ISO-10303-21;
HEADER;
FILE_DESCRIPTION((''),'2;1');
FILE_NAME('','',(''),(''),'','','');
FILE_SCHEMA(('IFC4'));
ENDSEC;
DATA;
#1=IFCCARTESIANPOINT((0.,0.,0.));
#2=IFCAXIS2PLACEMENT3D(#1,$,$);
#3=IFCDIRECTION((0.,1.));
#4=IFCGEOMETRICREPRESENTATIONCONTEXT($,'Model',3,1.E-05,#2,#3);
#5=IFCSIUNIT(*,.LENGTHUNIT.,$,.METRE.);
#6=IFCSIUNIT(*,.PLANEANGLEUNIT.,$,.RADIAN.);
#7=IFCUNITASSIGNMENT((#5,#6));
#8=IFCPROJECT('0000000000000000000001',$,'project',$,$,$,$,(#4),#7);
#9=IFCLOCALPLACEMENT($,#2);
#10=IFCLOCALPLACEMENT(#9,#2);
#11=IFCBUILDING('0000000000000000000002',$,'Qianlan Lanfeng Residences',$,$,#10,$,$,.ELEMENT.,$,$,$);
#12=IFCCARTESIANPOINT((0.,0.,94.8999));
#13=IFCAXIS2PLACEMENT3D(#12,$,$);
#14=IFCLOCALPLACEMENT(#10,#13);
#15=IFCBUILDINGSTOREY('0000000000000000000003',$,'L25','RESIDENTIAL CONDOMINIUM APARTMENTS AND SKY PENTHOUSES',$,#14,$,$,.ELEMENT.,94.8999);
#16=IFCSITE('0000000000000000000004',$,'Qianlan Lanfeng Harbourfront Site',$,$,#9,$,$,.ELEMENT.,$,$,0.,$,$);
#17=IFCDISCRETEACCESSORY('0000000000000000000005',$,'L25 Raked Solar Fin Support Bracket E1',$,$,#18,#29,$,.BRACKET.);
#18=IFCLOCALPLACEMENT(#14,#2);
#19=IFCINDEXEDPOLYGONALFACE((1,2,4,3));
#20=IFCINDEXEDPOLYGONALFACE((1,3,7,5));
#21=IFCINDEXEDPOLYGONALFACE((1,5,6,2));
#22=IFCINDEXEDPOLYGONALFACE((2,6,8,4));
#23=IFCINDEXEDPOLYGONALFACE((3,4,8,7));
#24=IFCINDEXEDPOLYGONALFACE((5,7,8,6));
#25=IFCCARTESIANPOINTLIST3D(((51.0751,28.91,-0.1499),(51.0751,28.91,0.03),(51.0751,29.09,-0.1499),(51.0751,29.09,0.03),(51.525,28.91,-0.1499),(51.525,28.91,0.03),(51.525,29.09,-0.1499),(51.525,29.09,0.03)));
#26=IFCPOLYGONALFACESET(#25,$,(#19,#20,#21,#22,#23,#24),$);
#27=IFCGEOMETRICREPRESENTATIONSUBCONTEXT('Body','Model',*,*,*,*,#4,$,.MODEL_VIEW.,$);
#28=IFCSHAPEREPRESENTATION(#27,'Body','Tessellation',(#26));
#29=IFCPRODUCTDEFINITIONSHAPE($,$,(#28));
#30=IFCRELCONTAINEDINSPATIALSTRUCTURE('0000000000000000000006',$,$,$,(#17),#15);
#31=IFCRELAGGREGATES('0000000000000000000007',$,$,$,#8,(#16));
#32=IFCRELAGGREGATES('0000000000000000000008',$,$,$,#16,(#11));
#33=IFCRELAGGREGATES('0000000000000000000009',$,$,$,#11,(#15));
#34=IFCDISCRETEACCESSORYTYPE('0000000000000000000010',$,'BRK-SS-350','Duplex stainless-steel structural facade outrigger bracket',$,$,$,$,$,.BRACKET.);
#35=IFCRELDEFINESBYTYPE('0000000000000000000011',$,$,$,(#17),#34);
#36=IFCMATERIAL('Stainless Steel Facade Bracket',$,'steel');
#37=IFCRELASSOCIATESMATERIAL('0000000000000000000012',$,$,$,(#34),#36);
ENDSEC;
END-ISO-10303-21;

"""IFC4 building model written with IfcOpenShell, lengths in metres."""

from ifc_helpers import new_model, si_unit, direction, frame, origin, origin_2d, place, context, subcontext, project, spatial, rectangle, extrude, source, transform, mapped, material, type_object, element, save


model = new_model("IFC4")

# Units and contexts
model_context = context("Model", 3, precision=1e-05, world=origin(), true_north=direction((0.0, 1.0)))
body_context = subcontext(model_context, "Body", "Model", "MODEL_VIEW")
ifc_project = project(units=[si_unit("LENGTHUNIT", "METRE"), si_unit("PLANEANGLEUNIT", "RADIAN")], contexts=[model_context])

# Site, building, storey
site_placement = place(None, origin())
site = spatial("IfcSite", under=ifc_project, at=site_placement, Name="Qianlan Lanfeng Harbourfront Site", CompositionType="ELEMENT", RefElevation=0.0)
building_placement = place(site_placement, origin())
building = spatial("IfcBuilding", under=site, at=building_placement, Name="Qianlan Lanfeng Residences", CompositionType="ELEMENT")
storey_placement = place(building_placement, frame((0.0, 0.0, 94.8999)))
storey = spatial("IfcBuildingStorey", under=building, at=storey_placement, Name="L25", Description="RESIDENTIAL CONDOMINIUM APARTMENTS AND SKY PENTHOUSES", CompositionType="ELEMENT", Elevation=94.8999)

# Discrete accessory
ifc_material_1 = material(Name="Stainless Steel Facade Bracket", Category="steel")
discrete_accessory_type = type_object("IfcDiscreteAccessoryType", Name="BRK-SS-350", Description="Duplex stainless-steel structural facade outrigger bracket", PredefinedType="BRACKET", material=ifc_material_1)
shared_shape = source(origin(), body_context, "Body", "SweptSolid", [
    extrude(rectangle(XDim=0.45, YDim=0.1799, at=origin_2d()), origin(), (0.0, 0.0, 1.0), 0.1799),
])
discrete_accessory_placement = place(storey_placement, frame((51.3, 29.0, -0.1499), z_axis=(0.0, 0.0, 1.0), x_axis=(1.0, 0.0, 0.0)))
element("IfcDiscreteAccessory", 1, at=discrete_accessory_placement, inside=storey, type_object=discrete_accessory_type, Name="L25 Raked Solar Fin Support Bracket E1", PredefinedType="BRACKET", context=body_context, shape_type="MappedRepresentation", body=[
    mapped(shared_shape, transform((0.0, 0.0, 0.0), scale=1.0)),
])

save(model, "model.ifc")
